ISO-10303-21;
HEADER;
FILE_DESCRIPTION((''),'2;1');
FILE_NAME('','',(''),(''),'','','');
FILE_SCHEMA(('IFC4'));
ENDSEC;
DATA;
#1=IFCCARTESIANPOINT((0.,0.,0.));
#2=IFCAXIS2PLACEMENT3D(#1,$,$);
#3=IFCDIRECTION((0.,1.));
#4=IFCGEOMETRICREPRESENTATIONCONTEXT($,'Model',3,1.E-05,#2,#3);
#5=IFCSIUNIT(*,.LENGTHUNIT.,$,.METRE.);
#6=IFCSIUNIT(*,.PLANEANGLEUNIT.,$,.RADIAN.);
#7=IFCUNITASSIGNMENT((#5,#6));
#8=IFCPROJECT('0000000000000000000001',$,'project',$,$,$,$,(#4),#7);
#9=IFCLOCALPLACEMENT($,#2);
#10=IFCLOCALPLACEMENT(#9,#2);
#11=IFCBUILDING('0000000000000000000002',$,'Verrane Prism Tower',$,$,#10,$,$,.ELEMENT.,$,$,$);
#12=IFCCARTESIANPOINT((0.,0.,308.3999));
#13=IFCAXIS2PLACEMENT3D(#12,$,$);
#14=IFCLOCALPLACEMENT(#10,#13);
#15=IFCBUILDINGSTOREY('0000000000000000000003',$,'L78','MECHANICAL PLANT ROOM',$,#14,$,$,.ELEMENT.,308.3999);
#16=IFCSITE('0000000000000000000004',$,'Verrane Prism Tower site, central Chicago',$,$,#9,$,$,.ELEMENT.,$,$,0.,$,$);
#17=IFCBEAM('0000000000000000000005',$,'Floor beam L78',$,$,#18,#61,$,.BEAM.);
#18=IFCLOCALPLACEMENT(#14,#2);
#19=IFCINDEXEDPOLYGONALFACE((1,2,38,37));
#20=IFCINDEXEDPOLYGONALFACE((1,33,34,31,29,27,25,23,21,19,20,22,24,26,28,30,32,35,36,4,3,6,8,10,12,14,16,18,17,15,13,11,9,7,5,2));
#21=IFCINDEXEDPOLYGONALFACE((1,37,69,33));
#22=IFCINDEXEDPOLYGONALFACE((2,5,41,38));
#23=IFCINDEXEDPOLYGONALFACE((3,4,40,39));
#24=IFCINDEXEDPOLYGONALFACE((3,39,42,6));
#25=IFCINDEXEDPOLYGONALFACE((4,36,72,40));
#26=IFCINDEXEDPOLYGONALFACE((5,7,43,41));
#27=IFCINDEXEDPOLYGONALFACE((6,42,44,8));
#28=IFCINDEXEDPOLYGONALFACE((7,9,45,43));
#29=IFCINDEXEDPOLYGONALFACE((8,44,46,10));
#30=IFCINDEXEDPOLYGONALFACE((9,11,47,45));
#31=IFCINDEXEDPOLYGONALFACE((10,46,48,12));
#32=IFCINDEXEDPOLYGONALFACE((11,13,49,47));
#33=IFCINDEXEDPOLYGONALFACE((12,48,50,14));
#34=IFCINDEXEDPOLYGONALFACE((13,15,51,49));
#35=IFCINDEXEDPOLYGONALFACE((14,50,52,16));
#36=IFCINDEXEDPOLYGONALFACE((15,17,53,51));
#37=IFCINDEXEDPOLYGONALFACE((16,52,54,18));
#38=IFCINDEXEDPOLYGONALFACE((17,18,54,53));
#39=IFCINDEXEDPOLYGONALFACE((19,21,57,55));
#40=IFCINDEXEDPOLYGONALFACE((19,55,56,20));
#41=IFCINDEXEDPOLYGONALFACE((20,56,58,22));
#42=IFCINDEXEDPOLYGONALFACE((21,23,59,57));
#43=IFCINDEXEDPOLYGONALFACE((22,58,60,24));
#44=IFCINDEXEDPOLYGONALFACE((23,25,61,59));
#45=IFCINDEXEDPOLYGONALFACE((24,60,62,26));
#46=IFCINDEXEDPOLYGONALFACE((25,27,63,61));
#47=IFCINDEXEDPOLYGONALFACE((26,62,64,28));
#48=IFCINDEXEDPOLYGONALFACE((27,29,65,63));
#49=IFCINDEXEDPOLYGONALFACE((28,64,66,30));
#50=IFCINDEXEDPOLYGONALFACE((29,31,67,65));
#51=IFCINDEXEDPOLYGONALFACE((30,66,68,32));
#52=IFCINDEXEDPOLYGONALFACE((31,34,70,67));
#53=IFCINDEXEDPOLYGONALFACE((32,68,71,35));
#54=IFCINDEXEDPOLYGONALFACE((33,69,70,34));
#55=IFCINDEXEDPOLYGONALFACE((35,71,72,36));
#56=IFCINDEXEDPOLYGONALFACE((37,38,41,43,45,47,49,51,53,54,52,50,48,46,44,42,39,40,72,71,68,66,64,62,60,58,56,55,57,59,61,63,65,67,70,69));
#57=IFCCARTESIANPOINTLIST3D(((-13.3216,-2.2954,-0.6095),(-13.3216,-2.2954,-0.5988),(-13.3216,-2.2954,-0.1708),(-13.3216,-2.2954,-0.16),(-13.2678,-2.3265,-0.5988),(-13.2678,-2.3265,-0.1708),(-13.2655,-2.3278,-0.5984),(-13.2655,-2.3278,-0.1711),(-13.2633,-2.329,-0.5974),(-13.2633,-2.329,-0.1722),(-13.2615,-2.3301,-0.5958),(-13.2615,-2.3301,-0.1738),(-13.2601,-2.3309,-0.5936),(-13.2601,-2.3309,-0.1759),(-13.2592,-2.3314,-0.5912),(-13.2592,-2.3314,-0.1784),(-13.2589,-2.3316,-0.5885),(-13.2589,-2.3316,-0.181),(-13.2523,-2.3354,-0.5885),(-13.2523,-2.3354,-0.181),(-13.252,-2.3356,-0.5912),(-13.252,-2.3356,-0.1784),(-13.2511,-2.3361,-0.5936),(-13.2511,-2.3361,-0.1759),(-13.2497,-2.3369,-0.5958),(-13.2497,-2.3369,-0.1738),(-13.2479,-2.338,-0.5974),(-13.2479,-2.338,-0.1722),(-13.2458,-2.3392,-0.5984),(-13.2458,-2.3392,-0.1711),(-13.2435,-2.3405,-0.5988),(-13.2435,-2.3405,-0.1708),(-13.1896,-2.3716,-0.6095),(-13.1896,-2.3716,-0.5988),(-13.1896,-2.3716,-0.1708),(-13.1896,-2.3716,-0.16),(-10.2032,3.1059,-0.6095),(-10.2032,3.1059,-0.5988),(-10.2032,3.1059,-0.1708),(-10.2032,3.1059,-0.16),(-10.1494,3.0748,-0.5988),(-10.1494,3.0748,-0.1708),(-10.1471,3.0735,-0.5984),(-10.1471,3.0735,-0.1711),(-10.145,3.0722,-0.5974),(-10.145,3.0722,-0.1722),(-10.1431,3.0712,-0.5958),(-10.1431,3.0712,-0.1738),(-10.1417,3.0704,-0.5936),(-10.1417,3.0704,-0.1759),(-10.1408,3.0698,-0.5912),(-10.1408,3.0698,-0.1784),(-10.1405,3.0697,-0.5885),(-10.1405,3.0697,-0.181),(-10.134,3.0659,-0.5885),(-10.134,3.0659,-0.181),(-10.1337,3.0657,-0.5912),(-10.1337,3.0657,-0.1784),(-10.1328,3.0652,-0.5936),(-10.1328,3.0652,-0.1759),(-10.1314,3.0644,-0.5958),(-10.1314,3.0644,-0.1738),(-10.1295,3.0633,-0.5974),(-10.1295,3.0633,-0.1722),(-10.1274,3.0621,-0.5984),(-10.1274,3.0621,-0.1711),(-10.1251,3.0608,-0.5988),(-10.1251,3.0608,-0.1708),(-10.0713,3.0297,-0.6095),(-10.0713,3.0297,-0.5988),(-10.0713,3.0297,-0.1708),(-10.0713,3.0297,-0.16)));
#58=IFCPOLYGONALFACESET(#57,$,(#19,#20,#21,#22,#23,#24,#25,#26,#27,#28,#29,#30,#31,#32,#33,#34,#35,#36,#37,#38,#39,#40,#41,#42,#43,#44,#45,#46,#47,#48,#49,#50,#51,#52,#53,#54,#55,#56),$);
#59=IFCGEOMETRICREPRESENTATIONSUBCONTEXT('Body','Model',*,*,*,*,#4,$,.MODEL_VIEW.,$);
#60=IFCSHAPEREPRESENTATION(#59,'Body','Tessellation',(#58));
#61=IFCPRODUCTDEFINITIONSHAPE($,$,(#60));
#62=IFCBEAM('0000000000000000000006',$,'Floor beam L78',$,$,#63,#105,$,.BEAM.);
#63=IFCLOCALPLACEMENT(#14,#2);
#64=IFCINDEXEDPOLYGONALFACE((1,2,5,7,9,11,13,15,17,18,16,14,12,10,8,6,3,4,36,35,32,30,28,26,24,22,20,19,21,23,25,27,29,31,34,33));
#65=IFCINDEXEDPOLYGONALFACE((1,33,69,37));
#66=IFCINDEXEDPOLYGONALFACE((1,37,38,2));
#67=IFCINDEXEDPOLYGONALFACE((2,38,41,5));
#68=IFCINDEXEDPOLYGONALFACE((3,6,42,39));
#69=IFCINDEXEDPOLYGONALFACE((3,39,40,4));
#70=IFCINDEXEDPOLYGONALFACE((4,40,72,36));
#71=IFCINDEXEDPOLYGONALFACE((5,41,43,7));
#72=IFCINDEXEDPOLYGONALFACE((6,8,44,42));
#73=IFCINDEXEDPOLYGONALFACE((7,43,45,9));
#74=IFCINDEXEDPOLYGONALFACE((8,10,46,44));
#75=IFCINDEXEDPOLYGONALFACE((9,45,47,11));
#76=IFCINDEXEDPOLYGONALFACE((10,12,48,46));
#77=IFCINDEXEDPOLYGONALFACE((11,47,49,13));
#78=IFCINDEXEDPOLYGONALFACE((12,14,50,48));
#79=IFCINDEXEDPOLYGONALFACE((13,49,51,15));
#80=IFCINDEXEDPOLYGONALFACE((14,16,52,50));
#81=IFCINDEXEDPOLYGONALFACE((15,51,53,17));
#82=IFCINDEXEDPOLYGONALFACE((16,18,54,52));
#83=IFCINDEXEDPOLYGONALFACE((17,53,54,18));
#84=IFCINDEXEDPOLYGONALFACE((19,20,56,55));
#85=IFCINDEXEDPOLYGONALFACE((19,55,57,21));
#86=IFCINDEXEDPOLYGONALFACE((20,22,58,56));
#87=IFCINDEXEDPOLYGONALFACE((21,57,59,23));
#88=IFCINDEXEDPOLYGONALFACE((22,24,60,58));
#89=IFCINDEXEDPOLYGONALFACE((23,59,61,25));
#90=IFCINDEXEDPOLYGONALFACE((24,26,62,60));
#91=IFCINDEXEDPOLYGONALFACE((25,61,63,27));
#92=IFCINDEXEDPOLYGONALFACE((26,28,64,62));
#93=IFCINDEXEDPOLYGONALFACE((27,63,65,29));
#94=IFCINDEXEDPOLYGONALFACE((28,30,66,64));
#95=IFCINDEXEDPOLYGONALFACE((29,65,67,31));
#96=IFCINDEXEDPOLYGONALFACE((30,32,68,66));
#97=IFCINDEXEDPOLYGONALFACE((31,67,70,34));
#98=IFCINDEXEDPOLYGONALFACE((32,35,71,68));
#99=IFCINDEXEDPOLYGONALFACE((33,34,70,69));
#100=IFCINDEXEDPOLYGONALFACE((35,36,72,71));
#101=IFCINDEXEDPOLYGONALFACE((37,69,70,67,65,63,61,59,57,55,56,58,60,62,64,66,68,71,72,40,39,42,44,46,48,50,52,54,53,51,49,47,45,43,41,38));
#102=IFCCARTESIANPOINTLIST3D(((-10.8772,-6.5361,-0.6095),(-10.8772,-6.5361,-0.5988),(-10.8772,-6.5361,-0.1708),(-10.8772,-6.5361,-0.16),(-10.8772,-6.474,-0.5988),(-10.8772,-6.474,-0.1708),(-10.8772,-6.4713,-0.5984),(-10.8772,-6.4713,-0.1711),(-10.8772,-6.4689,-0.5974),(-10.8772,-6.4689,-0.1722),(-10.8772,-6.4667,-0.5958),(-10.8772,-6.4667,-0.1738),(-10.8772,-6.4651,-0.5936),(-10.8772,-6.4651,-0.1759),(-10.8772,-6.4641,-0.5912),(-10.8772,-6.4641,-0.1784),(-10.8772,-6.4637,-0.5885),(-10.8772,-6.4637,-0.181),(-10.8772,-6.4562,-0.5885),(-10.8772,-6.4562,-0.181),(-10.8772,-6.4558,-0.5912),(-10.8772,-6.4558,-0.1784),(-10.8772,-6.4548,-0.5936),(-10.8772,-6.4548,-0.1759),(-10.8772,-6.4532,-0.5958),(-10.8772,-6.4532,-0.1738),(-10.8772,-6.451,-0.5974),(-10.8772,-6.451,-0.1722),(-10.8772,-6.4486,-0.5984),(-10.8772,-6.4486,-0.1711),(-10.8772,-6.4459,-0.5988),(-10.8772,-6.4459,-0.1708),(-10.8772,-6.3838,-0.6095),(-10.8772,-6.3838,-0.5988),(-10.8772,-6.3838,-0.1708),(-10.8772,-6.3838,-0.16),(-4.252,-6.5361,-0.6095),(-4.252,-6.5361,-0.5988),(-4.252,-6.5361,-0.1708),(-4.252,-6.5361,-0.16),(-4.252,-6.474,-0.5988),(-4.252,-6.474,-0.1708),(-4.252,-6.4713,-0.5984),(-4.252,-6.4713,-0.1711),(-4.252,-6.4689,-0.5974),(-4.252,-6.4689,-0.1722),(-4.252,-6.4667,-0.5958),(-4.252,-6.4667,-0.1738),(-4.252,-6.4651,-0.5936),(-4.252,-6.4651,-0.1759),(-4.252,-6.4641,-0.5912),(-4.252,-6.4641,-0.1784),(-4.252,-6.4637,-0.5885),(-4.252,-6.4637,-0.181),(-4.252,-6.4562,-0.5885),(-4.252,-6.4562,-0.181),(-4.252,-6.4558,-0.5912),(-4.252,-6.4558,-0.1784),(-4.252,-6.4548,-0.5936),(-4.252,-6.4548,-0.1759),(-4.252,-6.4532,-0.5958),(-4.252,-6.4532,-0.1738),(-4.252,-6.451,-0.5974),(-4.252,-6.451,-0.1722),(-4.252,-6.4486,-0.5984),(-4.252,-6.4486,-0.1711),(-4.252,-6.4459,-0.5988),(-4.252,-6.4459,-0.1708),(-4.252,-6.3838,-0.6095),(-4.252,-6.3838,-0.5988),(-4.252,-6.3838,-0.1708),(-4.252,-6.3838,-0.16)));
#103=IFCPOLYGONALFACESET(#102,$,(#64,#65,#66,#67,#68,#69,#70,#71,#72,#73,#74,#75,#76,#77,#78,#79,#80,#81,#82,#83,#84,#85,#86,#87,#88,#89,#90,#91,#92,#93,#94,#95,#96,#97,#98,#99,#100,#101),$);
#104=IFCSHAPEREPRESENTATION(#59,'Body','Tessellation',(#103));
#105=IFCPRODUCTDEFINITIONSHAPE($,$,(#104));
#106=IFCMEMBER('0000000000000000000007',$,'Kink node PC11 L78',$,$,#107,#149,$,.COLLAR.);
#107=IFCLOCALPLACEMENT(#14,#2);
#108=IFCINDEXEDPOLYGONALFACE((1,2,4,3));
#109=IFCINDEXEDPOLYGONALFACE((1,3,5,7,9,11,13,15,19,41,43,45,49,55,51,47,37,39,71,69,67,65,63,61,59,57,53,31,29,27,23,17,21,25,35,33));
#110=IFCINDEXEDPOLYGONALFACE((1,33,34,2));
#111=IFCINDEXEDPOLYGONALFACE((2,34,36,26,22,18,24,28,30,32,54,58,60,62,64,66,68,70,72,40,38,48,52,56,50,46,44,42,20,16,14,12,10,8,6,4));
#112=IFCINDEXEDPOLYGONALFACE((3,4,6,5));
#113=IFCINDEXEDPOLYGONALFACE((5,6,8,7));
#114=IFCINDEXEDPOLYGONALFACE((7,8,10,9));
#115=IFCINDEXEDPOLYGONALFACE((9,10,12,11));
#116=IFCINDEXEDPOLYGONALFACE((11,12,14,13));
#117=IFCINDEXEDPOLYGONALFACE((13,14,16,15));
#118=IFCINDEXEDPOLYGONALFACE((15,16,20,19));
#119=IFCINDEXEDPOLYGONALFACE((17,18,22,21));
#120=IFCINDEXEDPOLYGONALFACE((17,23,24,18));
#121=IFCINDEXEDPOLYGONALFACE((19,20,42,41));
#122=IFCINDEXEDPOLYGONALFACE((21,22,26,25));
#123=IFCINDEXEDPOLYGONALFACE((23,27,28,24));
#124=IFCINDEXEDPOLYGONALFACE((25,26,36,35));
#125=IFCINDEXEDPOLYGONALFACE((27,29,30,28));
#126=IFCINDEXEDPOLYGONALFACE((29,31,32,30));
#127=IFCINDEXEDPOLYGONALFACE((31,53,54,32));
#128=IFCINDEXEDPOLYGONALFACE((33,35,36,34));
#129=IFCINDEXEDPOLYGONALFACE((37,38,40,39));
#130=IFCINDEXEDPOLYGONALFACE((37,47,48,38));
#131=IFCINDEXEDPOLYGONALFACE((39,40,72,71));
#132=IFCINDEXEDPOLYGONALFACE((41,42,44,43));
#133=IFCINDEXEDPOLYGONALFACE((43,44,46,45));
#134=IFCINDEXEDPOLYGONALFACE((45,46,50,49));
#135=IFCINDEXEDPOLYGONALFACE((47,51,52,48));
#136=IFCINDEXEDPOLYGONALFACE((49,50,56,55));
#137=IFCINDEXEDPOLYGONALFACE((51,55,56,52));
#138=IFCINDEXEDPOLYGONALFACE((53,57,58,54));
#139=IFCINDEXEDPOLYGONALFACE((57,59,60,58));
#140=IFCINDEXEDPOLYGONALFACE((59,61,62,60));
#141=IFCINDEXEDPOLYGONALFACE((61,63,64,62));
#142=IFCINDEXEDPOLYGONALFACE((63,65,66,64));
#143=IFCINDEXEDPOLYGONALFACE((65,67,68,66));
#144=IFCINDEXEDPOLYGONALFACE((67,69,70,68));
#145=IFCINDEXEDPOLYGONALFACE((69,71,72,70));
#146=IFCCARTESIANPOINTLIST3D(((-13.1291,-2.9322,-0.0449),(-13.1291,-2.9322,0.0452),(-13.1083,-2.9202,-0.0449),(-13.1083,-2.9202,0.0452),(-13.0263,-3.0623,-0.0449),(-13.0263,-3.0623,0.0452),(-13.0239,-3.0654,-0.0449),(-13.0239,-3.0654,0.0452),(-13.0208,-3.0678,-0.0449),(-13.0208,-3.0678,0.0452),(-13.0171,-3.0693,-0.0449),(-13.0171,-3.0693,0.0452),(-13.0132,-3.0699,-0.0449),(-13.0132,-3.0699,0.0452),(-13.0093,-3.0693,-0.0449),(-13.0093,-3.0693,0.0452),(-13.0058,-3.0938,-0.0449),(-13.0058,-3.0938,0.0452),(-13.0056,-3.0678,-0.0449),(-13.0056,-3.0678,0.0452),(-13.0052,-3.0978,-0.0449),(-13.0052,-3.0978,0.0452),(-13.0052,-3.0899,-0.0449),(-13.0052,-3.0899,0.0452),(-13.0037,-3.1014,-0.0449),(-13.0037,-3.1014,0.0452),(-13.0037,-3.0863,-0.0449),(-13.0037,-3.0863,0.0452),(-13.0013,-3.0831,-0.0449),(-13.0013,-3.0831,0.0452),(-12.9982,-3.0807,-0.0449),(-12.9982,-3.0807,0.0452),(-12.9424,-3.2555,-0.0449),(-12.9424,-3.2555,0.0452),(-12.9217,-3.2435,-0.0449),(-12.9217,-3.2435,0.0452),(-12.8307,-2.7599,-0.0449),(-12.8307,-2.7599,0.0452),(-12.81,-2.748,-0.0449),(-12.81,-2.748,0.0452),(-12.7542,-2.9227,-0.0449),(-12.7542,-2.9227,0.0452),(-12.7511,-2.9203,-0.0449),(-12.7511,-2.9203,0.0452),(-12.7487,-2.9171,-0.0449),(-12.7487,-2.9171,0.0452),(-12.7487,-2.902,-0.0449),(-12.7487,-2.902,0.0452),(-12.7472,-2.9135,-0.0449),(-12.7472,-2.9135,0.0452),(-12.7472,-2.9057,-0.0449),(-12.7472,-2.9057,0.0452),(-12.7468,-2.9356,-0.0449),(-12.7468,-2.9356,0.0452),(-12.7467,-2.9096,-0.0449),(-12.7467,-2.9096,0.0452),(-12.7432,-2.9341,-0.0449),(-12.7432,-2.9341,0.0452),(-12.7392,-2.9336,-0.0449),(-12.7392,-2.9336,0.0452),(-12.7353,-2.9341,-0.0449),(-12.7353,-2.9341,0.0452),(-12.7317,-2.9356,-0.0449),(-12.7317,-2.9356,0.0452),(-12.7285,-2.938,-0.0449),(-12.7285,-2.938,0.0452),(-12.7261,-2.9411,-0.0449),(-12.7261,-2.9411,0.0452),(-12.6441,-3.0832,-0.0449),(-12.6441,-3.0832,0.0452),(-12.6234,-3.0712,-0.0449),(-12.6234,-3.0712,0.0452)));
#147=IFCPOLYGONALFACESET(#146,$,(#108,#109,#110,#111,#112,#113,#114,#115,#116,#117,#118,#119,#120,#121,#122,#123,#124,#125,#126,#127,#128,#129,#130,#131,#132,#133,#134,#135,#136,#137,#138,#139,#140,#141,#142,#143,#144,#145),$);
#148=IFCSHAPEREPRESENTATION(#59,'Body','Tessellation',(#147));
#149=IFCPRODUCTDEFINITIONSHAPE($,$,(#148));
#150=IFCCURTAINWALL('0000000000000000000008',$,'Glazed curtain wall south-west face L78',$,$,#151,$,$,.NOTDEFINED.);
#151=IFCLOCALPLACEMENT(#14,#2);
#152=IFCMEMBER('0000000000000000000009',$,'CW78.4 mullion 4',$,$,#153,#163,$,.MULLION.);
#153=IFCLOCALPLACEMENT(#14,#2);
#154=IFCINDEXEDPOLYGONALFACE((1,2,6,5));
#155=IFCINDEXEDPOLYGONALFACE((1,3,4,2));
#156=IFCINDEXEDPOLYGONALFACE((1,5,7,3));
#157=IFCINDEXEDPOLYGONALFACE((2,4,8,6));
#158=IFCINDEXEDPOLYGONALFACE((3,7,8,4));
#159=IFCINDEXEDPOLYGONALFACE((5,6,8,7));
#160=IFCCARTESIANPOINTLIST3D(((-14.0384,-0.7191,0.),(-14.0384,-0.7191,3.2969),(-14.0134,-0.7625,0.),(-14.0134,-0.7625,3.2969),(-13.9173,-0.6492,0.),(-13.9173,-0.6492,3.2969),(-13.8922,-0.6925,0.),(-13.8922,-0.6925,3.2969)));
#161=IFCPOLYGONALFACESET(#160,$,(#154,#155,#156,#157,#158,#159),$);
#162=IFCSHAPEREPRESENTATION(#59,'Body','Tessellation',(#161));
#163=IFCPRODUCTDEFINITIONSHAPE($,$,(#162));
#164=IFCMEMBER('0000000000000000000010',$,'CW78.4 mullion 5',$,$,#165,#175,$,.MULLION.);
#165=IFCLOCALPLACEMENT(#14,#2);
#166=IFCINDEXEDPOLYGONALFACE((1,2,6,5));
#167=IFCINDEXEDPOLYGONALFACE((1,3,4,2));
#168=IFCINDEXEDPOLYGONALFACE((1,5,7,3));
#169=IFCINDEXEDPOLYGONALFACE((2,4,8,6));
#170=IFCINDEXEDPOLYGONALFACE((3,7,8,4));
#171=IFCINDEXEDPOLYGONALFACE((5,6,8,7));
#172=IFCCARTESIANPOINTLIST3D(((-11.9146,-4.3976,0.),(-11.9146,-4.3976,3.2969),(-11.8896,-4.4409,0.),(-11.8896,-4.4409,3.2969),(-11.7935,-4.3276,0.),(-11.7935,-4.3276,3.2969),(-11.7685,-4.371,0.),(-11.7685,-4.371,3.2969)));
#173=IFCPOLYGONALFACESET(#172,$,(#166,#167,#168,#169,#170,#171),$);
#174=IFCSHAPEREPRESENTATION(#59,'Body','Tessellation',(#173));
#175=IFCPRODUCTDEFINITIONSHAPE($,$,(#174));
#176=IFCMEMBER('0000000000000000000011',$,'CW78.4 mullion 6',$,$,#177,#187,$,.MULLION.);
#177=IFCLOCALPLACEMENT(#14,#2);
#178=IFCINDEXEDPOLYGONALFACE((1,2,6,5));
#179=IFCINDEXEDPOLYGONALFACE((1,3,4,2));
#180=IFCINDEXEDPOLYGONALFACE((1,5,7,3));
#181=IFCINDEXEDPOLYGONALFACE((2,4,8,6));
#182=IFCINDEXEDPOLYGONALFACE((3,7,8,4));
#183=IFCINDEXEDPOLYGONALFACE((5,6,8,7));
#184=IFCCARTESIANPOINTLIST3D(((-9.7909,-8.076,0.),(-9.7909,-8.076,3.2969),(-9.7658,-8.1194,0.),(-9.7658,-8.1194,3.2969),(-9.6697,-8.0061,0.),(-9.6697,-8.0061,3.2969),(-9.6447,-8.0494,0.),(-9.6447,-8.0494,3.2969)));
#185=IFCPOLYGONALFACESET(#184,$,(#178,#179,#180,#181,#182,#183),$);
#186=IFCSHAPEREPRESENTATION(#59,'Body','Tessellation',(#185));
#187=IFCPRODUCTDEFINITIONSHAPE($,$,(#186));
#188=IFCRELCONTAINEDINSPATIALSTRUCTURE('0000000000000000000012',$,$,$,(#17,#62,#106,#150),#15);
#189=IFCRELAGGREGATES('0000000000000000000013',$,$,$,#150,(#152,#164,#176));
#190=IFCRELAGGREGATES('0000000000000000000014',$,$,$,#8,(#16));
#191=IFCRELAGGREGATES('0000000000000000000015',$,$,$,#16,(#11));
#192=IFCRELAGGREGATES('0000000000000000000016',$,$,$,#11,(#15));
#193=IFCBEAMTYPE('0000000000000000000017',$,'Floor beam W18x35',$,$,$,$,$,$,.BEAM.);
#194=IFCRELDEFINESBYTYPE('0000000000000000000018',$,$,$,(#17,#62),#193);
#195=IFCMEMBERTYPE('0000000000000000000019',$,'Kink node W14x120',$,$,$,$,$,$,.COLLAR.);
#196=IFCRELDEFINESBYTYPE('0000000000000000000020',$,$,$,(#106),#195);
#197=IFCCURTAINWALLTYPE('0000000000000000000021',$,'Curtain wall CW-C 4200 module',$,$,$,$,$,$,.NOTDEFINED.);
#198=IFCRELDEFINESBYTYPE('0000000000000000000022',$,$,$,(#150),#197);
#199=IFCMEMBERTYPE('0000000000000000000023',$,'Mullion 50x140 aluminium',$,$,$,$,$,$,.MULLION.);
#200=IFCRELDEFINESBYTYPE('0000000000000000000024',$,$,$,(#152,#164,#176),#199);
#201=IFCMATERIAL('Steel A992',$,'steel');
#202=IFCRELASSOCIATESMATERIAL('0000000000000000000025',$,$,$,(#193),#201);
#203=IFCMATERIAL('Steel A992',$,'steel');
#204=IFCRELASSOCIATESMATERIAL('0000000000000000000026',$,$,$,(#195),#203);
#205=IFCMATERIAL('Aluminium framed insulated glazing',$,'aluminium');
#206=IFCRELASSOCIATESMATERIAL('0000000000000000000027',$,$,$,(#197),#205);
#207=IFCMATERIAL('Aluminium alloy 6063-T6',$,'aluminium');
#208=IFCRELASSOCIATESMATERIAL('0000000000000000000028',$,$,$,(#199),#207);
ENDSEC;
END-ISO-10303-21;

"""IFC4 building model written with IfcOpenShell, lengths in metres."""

from ifc_helpers import new_model, si_unit, direction, frame, origin, origin_2d, place, context, subcontext, project, spatial, rectangle, i_section, extrude, material, material_profile, profile_set, type_object, element, aggregate, save


model = new_model("IFC4")

# Units and contexts
model_context = context("Model", 3, precision=1e-05, world=origin(), true_north=direction((0.0, 1.0)))
body_context = subcontext(model_context, "Body", "Model", "MODEL_VIEW")
ifc_project = project(units=[si_unit("LENGTHUNIT", "METRE"), si_unit("PLANEANGLEUNIT", "RADIAN")], contexts=[model_context])

# Site, building, storey
site_placement = place(None, origin())
site = spatial("IfcSite", under=ifc_project, at=site_placement, Name="Verrane Prism Tower site, central Chicago", CompositionType="ELEMENT", RefElevation=0.0)
building_placement = place(site_placement, origin())
building = spatial("IfcBuilding", under=site, at=building_placement, Name="Verrane Prism Tower", CompositionType="ELEMENT")
storey_placement = place(building_placement, frame((0.0, 0.0, 308.3999)))
storey = spatial("IfcBuildingStorey", under=building, at=storey_placement, Name="L78", Description="MECHANICAL PLANT ROOM", CompositionType="ELEMENT", Elevation=308.3999)

# Beams
ifc_material_1 = material(Name="Steel A992", Category="steel")
ifc_material_profile_1 = material_profile(ifc_material_1, i_section(OverallWidth=0.1523, OverallDepth=0.4495, WebThickness=0.0076, FlangeThickness=0.0107, FilletRadius=0.0103, at=origin_2d()), Name="W18x35")
ifc_profile_set_1 = profile_set([ifc_material_profile_1], Name="Steel A992")
beam_type_1 = type_object("IfcBeamType", Name="Floor beam W18x35", PredefinedType="BEAM", material=ifc_profile_set_1)
beam_1_placement = place(storey_placement, frame((-13.2556, -2.3335, -0.3848), z_axis=(0.499991, 0.86603, 0.0), x_axis=(-0.86603, 0.499991, 0.0)))
element("IfcBeam", 1, at=beam_1_placement, inside=storey, type_object=beam_type_1, Name="Floor beam L78", PredefinedType="BEAM", context=body_context, shape_type="SweptSolid", body=[
    extrude(i_section(OverallWidth=0.1523, OverallDepth=0.4495, WebThickness=0.0076, FlangeThickness=0.0107, FilletRadius=0.0103, at=origin_2d()), origin(), (0.0, 0.0, 1.0), 6.2368),
])
beam_2_placement = place(storey_placement, frame((-10.8772, -6.46, -0.3848), z_axis=(1.0, 0.0, 0.0), x_axis=(0.0, 1.0, 0.0)))
element("IfcBeam", 2, at=beam_2_placement, inside=storey, type_object=beam_type_1, Name="Floor beam L78", PredefinedType="BEAM", context=body_context, shape_type="SweptSolid", body=[
    extrude(i_section(OverallWidth=0.1523, OverallDepth=0.4495, WebThickness=0.0076, FlangeThickness=0.0107, FilletRadius=0.0103, at=origin_2d()), origin(), (0.0, 0.0, 1.0), 6.6252),
])

# Member
ifc_material_2 = material(Name="Steel A992", Category="steel")
ifc_material_profile_2 = material_profile(ifc_material_2, i_section(OverallWidth=0.3733, OverallDepth=0.3684, WebThickness=0.0149, FlangeThickness=0.0239, FilletRadius=0.0151, at=origin_2d()), Name="W14x120")
ifc_profile_set_2 = profile_set([ifc_material_profile_2], Name="Steel A992")
member_type_1 = type_object("IfcMemberType", Name="Kink node W14x120", PredefinedType="COLLAR", material=ifc_profile_set_2)
member_1_placement = place(storey_placement, frame((-12.8762, -3.0017, -0.0449), z_axis=(0.0, 0.0, 1.0), x_axis=(-0.5, 0.866025, 0.0)))
element("IfcMember", 3, at=member_1_placement, inside=storey, type_object=member_type_1, Name="Kink node PC11 L78", PredefinedType="COLLAR", context=body_context, shape_type="SweptSolid", body=[
    extrude(i_section(OverallWidth=0.3733, OverallDepth=0.3684, WebThickness=0.0149, FlangeThickness=0.0239, FilletRadius=0.0151, at=origin_2d()), origin(), (0.0, 0.0, 1.0), 0.0901),
])

# Curtain wall, members
ifc_material_3 = material(Name="Aluminium framed insulated glazing", Category="aluminium")
curtain_wall_type = type_object("IfcCurtainWallType", Name="Curtain wall CW-C 4200 module", PredefinedType="NOTDEFINED", material=ifc_material_3)
curtain_wall_placement = place(storey_placement, origin())
curtain_wall = element("IfcCurtainWall", 4, at=curtain_wall_placement, inside=storey, type_object=curtain_wall_type, Name="Glazed curtain wall south-west face L78", PredefinedType="NOTDEFINED")
ifc_material_4 = material(Name="Aluminium alloy 6063-T6", Category="aluminium")
ifc_material_profile_3 = material_profile(ifc_material_4, rectangle(XDim=0.1399, YDim=0.05, at=origin_2d()), Name="Mullion 50x140 aluminium")
ifc_profile_set_3 = profile_set([ifc_material_profile_3], Name="Aluminium alloy 6063-T6")
member_type_2 = type_object("IfcMemberType", Name="Mullion 50x140 aluminium", PredefinedType="MULLION", material=ifc_profile_set_3)
member_2_placement = place(storey_placement, frame((-13.9653, -0.7058, 0.0), z_axis=(0.0, 0.0, 1.0), x_axis=(0.866025, 0.5, 0.0)))
member_2 = element("IfcMember", 5, at=member_2_placement, type_object=member_type_2, Name="CW78.4 mullion 4", PredefinedType="MULLION", context=body_context, shape_type="SweptSolid", body=[
    extrude(rectangle(XDim=0.1399, YDim=0.05, at=origin_2d()), origin(), (0.0, 0.0, 1.0), 3.2969),
])
member_3_placement = place(storey_placement, frame((-11.8416, -4.3843, 0.0), z_axis=(0.0, 0.0, 1.0), x_axis=(0.866025, 0.5, 0.0)))
member_3 = element("IfcMember", 6, at=member_3_placement, type_object=member_type_2, Name="CW78.4 mullion 5", PredefinedType="MULLION", context=body_context, shape_type="SweptSolid", body=[
    extrude(rectangle(XDim=0.1399, YDim=0.05, at=origin_2d()), origin(), (0.0, 0.0, 1.0), 3.2969),
])
member_4_placement = place(storey_placement, frame((-9.7178, -8.0627, 0.0), z_axis=(0.0, 0.0, 1.0), x_axis=(0.866025, 0.5, 0.0)))
member_4 = element("IfcMember", 7, at=member_4_placement, type_object=member_type_2, Name="CW78.4 mullion 6", PredefinedType="MULLION", context=body_context, shape_type="SweptSolid", body=[
    extrude(rectangle(XDim=0.1399, YDim=0.05, at=origin_2d()), origin(), (0.0, 0.0, 1.0), 3.2969),
])

aggregate(curtain_wall, [member_2, member_3, member_4])

save(model, "model.ifc")
